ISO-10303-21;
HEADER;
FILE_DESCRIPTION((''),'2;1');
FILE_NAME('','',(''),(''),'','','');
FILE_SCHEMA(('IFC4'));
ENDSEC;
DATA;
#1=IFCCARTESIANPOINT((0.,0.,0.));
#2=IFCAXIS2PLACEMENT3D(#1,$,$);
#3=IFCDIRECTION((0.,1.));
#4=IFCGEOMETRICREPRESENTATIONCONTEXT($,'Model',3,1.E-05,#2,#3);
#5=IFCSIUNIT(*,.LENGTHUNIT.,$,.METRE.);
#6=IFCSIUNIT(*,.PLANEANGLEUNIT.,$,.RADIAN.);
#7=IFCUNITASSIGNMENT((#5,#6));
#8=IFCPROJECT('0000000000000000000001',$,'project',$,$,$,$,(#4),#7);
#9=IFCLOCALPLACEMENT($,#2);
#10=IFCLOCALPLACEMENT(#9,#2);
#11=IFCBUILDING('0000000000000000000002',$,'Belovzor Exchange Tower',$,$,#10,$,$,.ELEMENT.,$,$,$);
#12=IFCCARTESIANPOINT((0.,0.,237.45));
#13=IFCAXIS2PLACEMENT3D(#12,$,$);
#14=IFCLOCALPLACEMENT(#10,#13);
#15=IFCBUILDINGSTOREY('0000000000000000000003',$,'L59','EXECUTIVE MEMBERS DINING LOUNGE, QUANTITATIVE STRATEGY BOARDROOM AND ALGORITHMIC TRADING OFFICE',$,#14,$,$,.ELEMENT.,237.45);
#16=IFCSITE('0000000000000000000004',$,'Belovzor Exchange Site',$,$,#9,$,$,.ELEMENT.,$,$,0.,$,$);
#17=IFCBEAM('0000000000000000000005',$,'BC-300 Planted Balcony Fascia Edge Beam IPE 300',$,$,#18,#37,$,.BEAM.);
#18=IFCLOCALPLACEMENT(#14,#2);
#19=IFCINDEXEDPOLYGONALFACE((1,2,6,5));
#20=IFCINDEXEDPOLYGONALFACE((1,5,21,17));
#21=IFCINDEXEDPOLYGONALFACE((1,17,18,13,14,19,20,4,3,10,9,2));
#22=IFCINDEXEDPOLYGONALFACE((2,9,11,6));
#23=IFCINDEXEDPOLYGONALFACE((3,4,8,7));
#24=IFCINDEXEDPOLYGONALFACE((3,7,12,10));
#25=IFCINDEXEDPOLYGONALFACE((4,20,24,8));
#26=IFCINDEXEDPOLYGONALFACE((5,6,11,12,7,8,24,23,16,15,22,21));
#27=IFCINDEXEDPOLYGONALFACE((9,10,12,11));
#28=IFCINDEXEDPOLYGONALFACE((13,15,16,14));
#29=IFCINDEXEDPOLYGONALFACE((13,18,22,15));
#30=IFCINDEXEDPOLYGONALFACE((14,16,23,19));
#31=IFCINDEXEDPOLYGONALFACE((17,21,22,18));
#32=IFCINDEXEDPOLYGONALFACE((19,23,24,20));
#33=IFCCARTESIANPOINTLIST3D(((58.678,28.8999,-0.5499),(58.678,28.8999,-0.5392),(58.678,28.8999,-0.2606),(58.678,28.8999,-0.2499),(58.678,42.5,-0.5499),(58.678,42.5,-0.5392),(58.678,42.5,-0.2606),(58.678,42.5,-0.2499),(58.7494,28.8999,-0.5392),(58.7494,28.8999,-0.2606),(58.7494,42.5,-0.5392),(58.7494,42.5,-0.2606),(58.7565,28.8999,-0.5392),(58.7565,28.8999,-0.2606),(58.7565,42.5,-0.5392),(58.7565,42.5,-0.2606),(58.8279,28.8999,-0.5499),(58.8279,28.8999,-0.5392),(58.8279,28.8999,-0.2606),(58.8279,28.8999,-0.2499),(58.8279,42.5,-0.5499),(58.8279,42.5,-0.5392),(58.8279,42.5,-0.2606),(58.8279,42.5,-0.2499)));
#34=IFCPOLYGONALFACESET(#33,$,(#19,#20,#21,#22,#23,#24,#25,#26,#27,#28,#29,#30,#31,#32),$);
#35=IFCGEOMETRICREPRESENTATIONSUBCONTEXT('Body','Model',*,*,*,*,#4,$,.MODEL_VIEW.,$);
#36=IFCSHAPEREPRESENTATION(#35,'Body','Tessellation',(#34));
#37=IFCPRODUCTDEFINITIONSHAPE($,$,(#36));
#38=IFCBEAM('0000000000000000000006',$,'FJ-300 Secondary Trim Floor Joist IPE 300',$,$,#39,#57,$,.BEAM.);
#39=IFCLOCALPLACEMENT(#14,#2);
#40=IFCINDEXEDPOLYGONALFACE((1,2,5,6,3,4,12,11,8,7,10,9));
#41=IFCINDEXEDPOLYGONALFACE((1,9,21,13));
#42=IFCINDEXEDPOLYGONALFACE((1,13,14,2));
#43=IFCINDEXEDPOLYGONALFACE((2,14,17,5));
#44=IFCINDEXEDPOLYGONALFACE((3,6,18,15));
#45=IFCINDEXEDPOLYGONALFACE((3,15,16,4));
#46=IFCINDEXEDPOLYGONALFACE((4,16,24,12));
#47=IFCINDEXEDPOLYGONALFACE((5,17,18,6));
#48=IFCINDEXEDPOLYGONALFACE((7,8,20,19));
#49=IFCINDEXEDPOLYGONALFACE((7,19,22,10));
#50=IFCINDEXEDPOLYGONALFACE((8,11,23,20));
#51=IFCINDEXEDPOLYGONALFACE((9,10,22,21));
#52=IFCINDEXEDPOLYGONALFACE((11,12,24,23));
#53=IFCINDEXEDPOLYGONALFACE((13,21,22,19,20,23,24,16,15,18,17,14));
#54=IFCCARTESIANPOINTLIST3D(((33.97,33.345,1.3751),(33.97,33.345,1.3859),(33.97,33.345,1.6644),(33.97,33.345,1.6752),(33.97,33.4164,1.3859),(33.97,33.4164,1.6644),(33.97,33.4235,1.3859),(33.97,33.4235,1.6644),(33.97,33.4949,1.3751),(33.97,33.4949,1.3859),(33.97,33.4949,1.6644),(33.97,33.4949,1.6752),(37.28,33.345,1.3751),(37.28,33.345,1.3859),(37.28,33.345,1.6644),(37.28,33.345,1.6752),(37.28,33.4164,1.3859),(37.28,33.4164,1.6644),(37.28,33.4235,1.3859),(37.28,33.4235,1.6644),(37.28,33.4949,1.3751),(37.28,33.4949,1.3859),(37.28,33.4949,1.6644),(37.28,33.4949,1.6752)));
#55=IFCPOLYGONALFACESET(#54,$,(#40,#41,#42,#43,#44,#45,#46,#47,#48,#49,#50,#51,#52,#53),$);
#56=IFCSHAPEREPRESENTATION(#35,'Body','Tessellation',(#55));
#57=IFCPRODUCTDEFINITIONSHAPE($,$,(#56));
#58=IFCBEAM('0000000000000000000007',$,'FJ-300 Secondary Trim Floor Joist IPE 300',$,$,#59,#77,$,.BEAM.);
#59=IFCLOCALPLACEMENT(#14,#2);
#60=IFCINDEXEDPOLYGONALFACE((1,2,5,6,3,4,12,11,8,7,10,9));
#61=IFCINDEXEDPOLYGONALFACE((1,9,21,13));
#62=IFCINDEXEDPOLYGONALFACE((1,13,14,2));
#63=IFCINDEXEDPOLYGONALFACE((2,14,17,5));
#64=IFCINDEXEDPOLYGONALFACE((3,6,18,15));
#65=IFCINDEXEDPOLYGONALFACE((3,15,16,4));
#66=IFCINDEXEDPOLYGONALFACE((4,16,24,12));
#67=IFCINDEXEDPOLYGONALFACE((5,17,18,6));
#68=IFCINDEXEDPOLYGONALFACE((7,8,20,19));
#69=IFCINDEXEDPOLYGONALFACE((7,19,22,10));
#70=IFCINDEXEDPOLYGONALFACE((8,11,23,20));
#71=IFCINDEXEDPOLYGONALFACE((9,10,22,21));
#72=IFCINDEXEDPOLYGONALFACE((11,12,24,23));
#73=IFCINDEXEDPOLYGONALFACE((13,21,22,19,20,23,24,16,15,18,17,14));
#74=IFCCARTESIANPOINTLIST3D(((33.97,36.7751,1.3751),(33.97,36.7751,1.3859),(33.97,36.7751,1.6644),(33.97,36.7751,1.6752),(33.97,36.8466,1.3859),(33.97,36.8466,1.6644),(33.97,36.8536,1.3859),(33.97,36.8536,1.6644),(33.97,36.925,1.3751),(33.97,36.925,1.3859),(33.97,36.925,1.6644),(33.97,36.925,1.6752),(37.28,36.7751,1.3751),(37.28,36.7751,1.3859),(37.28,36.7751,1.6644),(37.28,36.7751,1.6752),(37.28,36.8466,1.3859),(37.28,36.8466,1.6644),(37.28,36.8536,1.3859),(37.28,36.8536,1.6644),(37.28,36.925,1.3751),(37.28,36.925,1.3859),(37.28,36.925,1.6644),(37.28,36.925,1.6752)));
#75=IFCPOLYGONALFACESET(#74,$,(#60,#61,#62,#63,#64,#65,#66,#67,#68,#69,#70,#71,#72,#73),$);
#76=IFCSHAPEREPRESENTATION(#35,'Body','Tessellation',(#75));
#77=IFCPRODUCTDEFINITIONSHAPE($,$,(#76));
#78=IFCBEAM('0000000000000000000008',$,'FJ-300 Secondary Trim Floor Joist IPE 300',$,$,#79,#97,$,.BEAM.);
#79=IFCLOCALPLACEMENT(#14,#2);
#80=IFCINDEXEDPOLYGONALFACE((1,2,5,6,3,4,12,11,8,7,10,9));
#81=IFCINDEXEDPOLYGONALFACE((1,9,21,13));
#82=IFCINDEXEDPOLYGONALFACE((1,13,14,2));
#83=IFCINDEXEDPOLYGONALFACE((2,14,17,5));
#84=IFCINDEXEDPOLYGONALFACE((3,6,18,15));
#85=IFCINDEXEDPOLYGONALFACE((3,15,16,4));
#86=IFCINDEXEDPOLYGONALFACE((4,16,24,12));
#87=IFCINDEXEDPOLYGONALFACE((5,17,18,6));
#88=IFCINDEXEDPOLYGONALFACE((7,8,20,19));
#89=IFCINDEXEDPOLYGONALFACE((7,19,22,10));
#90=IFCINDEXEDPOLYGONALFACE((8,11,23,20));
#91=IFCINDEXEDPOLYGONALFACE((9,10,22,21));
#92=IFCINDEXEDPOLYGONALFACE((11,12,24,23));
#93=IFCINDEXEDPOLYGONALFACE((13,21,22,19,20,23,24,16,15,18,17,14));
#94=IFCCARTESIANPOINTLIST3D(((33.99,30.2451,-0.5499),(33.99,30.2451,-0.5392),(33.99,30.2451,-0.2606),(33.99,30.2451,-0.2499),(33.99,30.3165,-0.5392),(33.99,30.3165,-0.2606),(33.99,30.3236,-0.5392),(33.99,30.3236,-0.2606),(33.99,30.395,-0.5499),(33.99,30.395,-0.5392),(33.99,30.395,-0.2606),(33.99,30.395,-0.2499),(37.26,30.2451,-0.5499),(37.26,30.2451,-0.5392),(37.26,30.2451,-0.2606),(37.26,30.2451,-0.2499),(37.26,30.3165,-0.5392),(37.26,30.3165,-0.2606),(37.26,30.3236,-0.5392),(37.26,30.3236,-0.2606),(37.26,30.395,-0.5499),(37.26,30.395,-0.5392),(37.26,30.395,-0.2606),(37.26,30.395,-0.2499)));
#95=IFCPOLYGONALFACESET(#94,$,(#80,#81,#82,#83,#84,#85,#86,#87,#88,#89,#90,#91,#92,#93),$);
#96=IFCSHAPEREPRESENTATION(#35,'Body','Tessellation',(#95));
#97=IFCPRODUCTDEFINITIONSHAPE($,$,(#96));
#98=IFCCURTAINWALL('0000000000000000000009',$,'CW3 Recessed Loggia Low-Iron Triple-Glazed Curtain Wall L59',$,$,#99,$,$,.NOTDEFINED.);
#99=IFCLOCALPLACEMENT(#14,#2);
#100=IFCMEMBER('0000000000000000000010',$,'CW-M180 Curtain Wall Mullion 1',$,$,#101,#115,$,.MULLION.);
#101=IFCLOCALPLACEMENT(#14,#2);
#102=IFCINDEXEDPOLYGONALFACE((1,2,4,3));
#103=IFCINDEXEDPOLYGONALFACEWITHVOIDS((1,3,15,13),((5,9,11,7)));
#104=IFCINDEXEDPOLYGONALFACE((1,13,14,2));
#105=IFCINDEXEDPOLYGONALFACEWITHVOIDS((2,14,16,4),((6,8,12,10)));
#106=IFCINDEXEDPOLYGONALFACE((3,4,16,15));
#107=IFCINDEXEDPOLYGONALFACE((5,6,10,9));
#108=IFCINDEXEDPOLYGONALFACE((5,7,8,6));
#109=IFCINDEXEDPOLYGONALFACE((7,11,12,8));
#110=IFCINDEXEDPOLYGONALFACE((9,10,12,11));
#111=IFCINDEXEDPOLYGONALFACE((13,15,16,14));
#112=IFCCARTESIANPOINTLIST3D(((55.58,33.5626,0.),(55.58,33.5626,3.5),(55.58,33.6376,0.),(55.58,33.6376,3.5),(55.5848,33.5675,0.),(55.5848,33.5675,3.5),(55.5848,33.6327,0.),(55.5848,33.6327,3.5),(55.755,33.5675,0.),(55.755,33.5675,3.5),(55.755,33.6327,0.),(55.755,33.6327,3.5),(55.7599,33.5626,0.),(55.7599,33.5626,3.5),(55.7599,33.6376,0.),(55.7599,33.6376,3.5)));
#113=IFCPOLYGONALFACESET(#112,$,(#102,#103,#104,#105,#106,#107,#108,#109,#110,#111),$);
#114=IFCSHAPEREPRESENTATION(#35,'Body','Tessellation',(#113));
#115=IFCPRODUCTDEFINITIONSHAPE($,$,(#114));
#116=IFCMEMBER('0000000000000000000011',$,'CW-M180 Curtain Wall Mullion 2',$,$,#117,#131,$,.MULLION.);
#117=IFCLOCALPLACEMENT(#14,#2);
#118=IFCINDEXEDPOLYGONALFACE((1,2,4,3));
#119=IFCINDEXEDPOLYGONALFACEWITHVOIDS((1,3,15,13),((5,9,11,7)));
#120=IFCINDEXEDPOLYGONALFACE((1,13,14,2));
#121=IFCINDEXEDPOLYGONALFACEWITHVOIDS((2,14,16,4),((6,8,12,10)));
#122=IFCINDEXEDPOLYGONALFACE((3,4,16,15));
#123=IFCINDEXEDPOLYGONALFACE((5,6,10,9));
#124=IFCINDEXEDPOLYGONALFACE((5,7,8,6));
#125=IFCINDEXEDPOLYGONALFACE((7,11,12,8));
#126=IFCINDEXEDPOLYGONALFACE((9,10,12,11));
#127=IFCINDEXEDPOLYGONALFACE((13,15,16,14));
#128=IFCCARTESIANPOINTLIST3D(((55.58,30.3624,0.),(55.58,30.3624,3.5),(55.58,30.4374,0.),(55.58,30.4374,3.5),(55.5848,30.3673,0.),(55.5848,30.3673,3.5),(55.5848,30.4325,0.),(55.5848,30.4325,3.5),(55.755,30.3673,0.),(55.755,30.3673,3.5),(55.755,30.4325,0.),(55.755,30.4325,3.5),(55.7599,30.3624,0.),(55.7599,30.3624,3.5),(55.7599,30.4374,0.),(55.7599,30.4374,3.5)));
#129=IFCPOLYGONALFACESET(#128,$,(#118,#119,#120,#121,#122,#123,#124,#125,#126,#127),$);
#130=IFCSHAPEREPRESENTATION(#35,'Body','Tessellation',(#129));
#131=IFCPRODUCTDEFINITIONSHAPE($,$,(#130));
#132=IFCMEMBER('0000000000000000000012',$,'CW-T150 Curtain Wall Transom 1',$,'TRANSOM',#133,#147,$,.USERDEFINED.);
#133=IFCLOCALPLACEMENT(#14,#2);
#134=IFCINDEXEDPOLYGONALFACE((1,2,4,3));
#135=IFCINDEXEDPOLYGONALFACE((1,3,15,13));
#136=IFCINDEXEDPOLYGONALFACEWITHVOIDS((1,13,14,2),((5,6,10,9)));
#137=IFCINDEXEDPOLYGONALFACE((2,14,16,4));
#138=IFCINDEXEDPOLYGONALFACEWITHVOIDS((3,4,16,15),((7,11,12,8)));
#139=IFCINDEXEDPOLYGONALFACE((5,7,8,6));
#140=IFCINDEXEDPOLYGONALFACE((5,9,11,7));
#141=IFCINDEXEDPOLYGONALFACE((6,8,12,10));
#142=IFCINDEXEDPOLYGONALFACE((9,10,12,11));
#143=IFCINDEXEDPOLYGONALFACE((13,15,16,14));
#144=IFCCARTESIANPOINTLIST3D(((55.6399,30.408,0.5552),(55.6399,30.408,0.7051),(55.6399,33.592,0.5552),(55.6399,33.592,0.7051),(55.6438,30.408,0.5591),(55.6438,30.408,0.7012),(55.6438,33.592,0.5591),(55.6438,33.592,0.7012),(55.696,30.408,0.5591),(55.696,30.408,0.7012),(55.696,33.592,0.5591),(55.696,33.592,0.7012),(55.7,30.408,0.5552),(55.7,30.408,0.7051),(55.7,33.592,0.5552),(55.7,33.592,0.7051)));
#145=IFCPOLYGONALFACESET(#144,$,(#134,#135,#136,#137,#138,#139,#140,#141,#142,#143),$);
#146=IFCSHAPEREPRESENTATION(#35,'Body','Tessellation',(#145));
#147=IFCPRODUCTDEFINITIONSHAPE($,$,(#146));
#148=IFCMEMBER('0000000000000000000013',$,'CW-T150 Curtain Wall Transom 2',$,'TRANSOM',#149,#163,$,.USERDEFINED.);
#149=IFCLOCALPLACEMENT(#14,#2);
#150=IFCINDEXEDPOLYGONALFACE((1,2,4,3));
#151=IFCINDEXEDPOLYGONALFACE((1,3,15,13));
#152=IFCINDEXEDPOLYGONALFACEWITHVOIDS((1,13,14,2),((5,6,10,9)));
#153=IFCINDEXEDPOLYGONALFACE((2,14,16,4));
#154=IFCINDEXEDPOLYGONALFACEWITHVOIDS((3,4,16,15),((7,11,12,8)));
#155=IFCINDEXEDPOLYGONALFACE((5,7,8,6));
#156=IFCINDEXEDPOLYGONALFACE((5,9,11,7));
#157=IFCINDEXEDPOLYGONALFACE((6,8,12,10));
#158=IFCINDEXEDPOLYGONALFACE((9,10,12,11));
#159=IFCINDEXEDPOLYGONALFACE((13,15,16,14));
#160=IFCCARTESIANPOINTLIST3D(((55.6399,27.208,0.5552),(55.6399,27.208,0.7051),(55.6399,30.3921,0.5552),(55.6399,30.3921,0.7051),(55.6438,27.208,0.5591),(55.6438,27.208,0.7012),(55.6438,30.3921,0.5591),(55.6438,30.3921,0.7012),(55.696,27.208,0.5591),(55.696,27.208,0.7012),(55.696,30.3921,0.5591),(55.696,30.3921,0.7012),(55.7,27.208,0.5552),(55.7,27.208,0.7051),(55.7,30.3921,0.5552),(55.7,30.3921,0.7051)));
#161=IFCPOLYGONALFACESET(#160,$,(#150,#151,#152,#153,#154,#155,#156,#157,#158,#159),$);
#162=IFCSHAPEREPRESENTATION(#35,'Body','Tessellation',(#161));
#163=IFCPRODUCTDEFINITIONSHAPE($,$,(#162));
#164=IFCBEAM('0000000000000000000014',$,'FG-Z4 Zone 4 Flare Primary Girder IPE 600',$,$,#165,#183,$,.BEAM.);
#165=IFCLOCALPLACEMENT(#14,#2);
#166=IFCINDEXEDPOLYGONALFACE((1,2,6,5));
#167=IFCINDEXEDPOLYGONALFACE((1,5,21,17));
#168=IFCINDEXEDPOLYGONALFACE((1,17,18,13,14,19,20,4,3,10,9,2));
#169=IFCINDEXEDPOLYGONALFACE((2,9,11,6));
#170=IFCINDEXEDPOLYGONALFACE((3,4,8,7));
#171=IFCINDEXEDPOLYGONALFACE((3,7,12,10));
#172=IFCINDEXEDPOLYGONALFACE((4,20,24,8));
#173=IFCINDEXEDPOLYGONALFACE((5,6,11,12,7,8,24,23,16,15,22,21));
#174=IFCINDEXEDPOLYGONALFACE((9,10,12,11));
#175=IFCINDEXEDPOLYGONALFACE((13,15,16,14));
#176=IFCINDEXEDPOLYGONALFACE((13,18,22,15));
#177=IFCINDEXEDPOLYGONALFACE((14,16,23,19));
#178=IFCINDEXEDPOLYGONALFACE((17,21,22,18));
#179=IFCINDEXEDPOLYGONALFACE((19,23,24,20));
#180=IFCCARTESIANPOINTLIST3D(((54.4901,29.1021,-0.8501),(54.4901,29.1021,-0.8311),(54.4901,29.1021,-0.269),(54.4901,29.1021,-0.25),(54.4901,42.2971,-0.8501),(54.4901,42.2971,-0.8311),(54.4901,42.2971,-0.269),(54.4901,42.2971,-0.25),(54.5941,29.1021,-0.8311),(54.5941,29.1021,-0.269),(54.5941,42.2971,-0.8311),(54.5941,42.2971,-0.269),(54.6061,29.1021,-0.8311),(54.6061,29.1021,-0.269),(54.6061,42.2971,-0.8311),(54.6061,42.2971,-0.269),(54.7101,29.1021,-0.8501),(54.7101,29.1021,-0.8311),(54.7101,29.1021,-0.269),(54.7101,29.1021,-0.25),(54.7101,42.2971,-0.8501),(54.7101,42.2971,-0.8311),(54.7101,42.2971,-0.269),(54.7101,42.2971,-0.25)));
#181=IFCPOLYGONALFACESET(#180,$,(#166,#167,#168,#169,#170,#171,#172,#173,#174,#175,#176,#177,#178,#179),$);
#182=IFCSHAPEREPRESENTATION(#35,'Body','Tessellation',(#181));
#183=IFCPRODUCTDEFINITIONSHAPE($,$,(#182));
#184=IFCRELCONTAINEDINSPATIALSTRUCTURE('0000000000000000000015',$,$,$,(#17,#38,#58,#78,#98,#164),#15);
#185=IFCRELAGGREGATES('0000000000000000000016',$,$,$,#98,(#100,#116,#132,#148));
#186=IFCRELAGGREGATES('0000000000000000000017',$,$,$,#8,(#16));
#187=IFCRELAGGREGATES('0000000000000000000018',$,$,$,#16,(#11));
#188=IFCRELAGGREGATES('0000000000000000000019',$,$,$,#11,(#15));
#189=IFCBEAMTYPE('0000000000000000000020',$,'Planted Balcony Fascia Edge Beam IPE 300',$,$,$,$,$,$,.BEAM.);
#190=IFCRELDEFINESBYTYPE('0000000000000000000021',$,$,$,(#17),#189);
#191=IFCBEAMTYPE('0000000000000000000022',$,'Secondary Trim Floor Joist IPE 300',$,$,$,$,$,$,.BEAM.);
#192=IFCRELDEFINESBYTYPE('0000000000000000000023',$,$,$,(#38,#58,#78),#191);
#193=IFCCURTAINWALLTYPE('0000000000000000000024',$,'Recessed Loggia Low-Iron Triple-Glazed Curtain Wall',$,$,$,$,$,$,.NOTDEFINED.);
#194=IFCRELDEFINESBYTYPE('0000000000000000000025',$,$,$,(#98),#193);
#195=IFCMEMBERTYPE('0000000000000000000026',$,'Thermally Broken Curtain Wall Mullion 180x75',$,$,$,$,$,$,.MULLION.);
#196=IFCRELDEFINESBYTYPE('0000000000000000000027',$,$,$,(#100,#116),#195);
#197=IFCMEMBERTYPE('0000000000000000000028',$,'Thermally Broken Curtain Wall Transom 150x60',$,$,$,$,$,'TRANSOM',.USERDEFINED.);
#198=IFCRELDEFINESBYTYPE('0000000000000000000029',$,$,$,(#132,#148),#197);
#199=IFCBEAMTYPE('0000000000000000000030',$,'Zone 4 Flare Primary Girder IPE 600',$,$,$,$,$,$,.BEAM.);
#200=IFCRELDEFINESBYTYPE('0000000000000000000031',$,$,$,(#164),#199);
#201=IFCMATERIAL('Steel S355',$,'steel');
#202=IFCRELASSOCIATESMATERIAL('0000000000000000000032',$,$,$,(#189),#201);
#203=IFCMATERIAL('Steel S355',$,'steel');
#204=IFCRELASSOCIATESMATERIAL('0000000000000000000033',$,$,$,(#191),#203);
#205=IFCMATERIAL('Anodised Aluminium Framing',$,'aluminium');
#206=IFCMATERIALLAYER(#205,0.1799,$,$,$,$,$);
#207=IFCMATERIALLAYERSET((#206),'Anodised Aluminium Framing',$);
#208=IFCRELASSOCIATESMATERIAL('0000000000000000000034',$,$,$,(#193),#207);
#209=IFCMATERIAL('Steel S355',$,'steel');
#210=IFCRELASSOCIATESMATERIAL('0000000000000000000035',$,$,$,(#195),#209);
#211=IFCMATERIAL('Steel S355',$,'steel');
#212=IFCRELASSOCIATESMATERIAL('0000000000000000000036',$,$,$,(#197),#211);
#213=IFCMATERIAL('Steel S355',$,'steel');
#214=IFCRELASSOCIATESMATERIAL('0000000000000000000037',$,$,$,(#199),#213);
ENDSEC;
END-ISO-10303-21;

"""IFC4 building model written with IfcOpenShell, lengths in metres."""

from ifc_helpers import new_model, si_unit, direction, frame, origin, origin_2d, place, context, subcontext, project, spatial, hollow_rectangle, i_section, extrude, material, layer, layer_set, material_profile, profile_set, type_object, element, aggregate, save


model = new_model("IFC4")

# Units and contexts
model_context = context("Model", 3, precision=1e-05, world=origin(), true_north=direction((0.0, 1.0)))
body_context = subcontext(model_context, "Body", "Model", "MODEL_VIEW")
ifc_project = project(units=[si_unit("LENGTHUNIT", "METRE"), si_unit("PLANEANGLEUNIT", "RADIAN")], contexts=[model_context])

# Site, building, storey
site_placement = place(None, origin())
site = spatial("IfcSite", under=ifc_project, at=site_placement, Name="Belovzor Exchange Site", CompositionType="ELEMENT", RefElevation=0.0)
building_placement = place(site_placement, origin())
building = spatial("IfcBuilding", under=site, at=building_placement, Name="Belovzor Exchange Tower", CompositionType="ELEMENT")
storey_placement = place(building_placement, frame((0.0, 0.0, 237.45)))
storey = spatial("IfcBuildingStorey", under=building, at=storey_placement, Name="L59", Description="EXECUTIVE MEMBERS DINING LOUNGE, QUANTITATIVE STRATEGY BOARDROOM AND ALGORITHMIC TRADING OFFICE", CompositionType="ELEMENT", Elevation=237.45)

# Beams
ifc_material_1 = material(Name="Steel S355", Category="steel")
ifc_material_profile_1 = material_profile(ifc_material_1, i_section(OverallWidth=0.1499, OverallDepth=0.3, WebThickness=0.0071, FlangeThickness=0.0107, at=origin_2d()))
ifc_profile_set_1 = profile_set([ifc_material_profile_1], Name="Steel S355")
beam_type_1 = type_object("IfcBeamType", Name="Planted Balcony Fascia Edge Beam IPE 300", PredefinedType="BEAM", material=ifc_profile_set_1)
beam_1_placement = place(storey_placement, frame((58.7529, 28.8999, -0.3999), z_axis=(0.0, 1.0, 0.0), x_axis=(-1.0, 0.0, 0.0)))
element("IfcBeam", 1, at=beam_1_placement, inside=storey, type_object=beam_type_1, Name="BC-300 Planted Balcony Fascia Edge Beam IPE 300", PredefinedType="BEAM", context=body_context, shape_type="SweptSolid", body=[
    extrude(i_section(OverallWidth=0.1499, OverallDepth=0.3, WebThickness=0.0071, FlangeThickness=0.0107, at=origin_2d()), origin(), (0.0, 0.0, 1.0), 13.6001),
])
ifc_material_2 = material(Name="Steel S355", Category="steel")
ifc_material_profile_2 = material_profile(ifc_material_2, i_section(OverallWidth=0.1499, OverallDepth=0.3, WebThickness=0.0071, FlangeThickness=0.0107, at=origin_2d()))
ifc_profile_set_2 = profile_set([ifc_material_profile_2], Name="Steel S355")
beam_type_2 = type_object("IfcBeamType", Name="Secondary Trim Floor Joist IPE 300", PredefinedType="BEAM", material=ifc_profile_set_2)
for number, where, z_axis, x_axis, name in (
    (2, (37.28, 33.4199, 1.5251), (-1.0, 0.0, 0.0), (0.0, -1.0, 0.0), "FJ-300 Secondary Trim Floor Joist IPE 300"),
    (3, (37.28, 36.8501, 1.5251), (-1.0, 0.0, 0.0), (0.0, -1.0, 0.0), "FJ-300 Secondary Trim Floor Joist IPE 300"),
):
    element("IfcBeam", number, at=place(storey_placement, frame(where, z_axis=z_axis, x_axis=x_axis)), inside=storey, type_object=beam_type_2, Name=name, PredefinedType="BEAM", context=body_context, shape_type="SweptSolid", body=[
        extrude(i_section(OverallWidth=0.1499, OverallDepth=0.3, WebThickness=0.0071, FlangeThickness=0.0107, at=origin_2d()), origin(), (0.0, 0.0, 1.0), 3.3101),
    ])
beam_2_placement = place(storey_placement, frame((37.26, 30.3201, -0.3999), z_axis=(-1.0, 0.0, 0.0), x_axis=(0.0, -1.0, 0.0)))
element("IfcBeam", 4, at=beam_2_placement, inside=storey, type_object=beam_type_2, Name="FJ-300 Secondary Trim Floor Joist IPE 300", PredefinedType="BEAM", context=body_context, shape_type="SweptSolid", body=[
    extrude(i_section(OverallWidth=0.1499, OverallDepth=0.3, WebThickness=0.0071, FlangeThickness=0.0107, at=origin_2d()), origin(), (0.0, 0.0, 1.0), 3.27),
])

# Curtain wall, members
ifc_material_3 = material(Name="Anodised Aluminium Framing", Category="aluminium")
ifc_layer_1 = layer(ifc_material_3, 0.1799)
ifc_layer_set_1 = layer_set([ifc_layer_1], Name="Anodised Aluminium Framing")
curtain_wall_type = type_object("IfcCurtainWallType", Name="Recessed Loggia Low-Iron Triple-Glazed Curtain Wall", PredefinedType="NOTDEFINED", material=ifc_layer_set_1)
curtain_wall_placement = place(storey_placement, origin())
curtain_wall = element("IfcCurtainWall", 5, at=curtain_wall_placement, inside=storey, type_object=curtain_wall_type, Name="CW3 Recessed Loggia Low-Iron Triple-Glazed Curtain Wall L59", PredefinedType="NOTDEFINED")
ifc_material_4 = material(Name="Steel S355", Category="steel")
ifc_material_profile_3 = material_profile(ifc_material_4, hollow_rectangle(XDim=0.075, YDim=0.1799, WallThickness=0.0049, at=origin_2d()))
ifc_profile_set_3 = profile_set([ifc_material_profile_3], Name="Steel S355")
member_type_1 = type_object("IfcMemberType", Name="Thermally Broken Curtain Wall Mullion 180x75", PredefinedType="MULLION", material=ifc_profile_set_3)
member_1_placement = place(storey_placement, frame((55.6699, 33.6001, 0.0), z_axis=(0.0, 0.0, 1.0), x_axis=(0.0, -1.0, 0.0)))
member_1 = element("IfcMember", 6, at=member_1_placement, type_object=member_type_1, Name="CW-M180 Curtain Wall Mullion 1", PredefinedType="MULLION", context=body_context, shape_type="SweptSolid", body=[
    extrude(hollow_rectangle(XDim=0.075, YDim=0.1799, WallThickness=0.0049, at=origin_2d()), origin(), (0.0, 0.0, 1.0), 3.5),
])
member_2_placement = place(storey_placement, frame((55.6699, 30.3999, 0.0), z_axis=(0.0, 0.0, 1.0), x_axis=(0.0, -1.0, 0.0)))
member_2 = element("IfcMember", 7, at=member_2_placement, type_object=member_type_1, Name="CW-M180 Curtain Wall Mullion 2", PredefinedType="MULLION", context=body_context, shape_type="SweptSolid", body=[
    extrude(hollow_rectangle(XDim=0.075, YDim=0.1799, WallThickness=0.0049, at=origin_2d()), origin(), (0.0, 0.0, 1.0), 3.5),
])
ifc_material_5 = material(Name="Steel S355", Category="steel")
ifc_material_profile_4 = material_profile(ifc_material_5, hollow_rectangle(XDim=0.0601, YDim=0.1499, WallThickness=0.0039, at=origin_2d()))
ifc_profile_set_4 = profile_set([ifc_material_profile_4], Name="Steel S355")
member_type_2 = type_object("IfcMemberType", Name="Thermally Broken Curtain Wall Transom 150x60", ElementType="TRANSOM", PredefinedType="USERDEFINED", material=ifc_profile_set_4)
member_3_placement = place(storey_placement, frame((55.6699, 33.592, 0.6301), z_axis=(0.0, -1.0, 0.0), x_axis=(1.0, 0.0, 0.0)))
member_3 = element("IfcMember", 8, at=member_3_placement, type_object=member_type_2, Name="CW-T150 Curtain Wall Transom 1", ObjectType="TRANSOM", PredefinedType="USERDEFINED", context=body_context, shape_type="SweptSolid", body=[
    extrude(hollow_rectangle(XDim=0.0601, YDim=0.1499, WallThickness=0.0039, at=origin_2d()), origin(), (0.0, 0.0, 1.0), 3.1841),
])
member_4_placement = place(storey_placement, frame((55.6699, 30.3921, 0.6301), z_axis=(0.0, -1.0, 0.0), x_axis=(1.0, 0.0, 0.0)))
member_4 = element("IfcMember", 9, at=member_4_placement, type_object=member_type_2, Name="CW-T150 Curtain Wall Transom 2", ObjectType="TRANSOM", PredefinedType="USERDEFINED", context=body_context, shape_type="SweptSolid", body=[
    extrude(hollow_rectangle(XDim=0.0601, YDim=0.1499, WallThickness=0.0039, at=origin_2d()), origin(), (0.0, 0.0, 1.0), 3.1841),
])

# Beam
ifc_material_6 = material(Name="Steel S355", Category="steel")
ifc_material_profile_5 = material_profile(ifc_material_6, i_section(OverallWidth=0.22, OverallDepth=0.6001, WebThickness=0.012, FlangeThickness=0.019, at=origin_2d()))
ifc_profile_set_5 = profile_set([ifc_material_profile_5], Name="Steel S355")
beam_type_3 = type_object("IfcBeamType", Name="Zone 4 Flare Primary Girder IPE 600", PredefinedType="BEAM", material=ifc_profile_set_5)
beam_3_placement = place(storey_placement, frame((54.6001, 29.1021, -0.55), z_axis=(0.0, 1.0, 0.0), x_axis=(-1.0, 0.0, 0.0)))
element("IfcBeam", 10, at=beam_3_placement, inside=storey, type_object=beam_type_3, Name="FG-Z4 Zone 4 Flare Primary Girder IPE 600", PredefinedType="BEAM", context=body_context, shape_type="SweptSolid", body=[
    extrude(i_section(OverallWidth=0.22, OverallDepth=0.6001, WebThickness=0.012, FlangeThickness=0.019, at=origin_2d()), origin(), (0.0, 0.0, 1.0), 13.1951),
])

aggregate(curtain_wall, [member_1, member_2, member_3, member_4])

save(model, "model.ifc")
